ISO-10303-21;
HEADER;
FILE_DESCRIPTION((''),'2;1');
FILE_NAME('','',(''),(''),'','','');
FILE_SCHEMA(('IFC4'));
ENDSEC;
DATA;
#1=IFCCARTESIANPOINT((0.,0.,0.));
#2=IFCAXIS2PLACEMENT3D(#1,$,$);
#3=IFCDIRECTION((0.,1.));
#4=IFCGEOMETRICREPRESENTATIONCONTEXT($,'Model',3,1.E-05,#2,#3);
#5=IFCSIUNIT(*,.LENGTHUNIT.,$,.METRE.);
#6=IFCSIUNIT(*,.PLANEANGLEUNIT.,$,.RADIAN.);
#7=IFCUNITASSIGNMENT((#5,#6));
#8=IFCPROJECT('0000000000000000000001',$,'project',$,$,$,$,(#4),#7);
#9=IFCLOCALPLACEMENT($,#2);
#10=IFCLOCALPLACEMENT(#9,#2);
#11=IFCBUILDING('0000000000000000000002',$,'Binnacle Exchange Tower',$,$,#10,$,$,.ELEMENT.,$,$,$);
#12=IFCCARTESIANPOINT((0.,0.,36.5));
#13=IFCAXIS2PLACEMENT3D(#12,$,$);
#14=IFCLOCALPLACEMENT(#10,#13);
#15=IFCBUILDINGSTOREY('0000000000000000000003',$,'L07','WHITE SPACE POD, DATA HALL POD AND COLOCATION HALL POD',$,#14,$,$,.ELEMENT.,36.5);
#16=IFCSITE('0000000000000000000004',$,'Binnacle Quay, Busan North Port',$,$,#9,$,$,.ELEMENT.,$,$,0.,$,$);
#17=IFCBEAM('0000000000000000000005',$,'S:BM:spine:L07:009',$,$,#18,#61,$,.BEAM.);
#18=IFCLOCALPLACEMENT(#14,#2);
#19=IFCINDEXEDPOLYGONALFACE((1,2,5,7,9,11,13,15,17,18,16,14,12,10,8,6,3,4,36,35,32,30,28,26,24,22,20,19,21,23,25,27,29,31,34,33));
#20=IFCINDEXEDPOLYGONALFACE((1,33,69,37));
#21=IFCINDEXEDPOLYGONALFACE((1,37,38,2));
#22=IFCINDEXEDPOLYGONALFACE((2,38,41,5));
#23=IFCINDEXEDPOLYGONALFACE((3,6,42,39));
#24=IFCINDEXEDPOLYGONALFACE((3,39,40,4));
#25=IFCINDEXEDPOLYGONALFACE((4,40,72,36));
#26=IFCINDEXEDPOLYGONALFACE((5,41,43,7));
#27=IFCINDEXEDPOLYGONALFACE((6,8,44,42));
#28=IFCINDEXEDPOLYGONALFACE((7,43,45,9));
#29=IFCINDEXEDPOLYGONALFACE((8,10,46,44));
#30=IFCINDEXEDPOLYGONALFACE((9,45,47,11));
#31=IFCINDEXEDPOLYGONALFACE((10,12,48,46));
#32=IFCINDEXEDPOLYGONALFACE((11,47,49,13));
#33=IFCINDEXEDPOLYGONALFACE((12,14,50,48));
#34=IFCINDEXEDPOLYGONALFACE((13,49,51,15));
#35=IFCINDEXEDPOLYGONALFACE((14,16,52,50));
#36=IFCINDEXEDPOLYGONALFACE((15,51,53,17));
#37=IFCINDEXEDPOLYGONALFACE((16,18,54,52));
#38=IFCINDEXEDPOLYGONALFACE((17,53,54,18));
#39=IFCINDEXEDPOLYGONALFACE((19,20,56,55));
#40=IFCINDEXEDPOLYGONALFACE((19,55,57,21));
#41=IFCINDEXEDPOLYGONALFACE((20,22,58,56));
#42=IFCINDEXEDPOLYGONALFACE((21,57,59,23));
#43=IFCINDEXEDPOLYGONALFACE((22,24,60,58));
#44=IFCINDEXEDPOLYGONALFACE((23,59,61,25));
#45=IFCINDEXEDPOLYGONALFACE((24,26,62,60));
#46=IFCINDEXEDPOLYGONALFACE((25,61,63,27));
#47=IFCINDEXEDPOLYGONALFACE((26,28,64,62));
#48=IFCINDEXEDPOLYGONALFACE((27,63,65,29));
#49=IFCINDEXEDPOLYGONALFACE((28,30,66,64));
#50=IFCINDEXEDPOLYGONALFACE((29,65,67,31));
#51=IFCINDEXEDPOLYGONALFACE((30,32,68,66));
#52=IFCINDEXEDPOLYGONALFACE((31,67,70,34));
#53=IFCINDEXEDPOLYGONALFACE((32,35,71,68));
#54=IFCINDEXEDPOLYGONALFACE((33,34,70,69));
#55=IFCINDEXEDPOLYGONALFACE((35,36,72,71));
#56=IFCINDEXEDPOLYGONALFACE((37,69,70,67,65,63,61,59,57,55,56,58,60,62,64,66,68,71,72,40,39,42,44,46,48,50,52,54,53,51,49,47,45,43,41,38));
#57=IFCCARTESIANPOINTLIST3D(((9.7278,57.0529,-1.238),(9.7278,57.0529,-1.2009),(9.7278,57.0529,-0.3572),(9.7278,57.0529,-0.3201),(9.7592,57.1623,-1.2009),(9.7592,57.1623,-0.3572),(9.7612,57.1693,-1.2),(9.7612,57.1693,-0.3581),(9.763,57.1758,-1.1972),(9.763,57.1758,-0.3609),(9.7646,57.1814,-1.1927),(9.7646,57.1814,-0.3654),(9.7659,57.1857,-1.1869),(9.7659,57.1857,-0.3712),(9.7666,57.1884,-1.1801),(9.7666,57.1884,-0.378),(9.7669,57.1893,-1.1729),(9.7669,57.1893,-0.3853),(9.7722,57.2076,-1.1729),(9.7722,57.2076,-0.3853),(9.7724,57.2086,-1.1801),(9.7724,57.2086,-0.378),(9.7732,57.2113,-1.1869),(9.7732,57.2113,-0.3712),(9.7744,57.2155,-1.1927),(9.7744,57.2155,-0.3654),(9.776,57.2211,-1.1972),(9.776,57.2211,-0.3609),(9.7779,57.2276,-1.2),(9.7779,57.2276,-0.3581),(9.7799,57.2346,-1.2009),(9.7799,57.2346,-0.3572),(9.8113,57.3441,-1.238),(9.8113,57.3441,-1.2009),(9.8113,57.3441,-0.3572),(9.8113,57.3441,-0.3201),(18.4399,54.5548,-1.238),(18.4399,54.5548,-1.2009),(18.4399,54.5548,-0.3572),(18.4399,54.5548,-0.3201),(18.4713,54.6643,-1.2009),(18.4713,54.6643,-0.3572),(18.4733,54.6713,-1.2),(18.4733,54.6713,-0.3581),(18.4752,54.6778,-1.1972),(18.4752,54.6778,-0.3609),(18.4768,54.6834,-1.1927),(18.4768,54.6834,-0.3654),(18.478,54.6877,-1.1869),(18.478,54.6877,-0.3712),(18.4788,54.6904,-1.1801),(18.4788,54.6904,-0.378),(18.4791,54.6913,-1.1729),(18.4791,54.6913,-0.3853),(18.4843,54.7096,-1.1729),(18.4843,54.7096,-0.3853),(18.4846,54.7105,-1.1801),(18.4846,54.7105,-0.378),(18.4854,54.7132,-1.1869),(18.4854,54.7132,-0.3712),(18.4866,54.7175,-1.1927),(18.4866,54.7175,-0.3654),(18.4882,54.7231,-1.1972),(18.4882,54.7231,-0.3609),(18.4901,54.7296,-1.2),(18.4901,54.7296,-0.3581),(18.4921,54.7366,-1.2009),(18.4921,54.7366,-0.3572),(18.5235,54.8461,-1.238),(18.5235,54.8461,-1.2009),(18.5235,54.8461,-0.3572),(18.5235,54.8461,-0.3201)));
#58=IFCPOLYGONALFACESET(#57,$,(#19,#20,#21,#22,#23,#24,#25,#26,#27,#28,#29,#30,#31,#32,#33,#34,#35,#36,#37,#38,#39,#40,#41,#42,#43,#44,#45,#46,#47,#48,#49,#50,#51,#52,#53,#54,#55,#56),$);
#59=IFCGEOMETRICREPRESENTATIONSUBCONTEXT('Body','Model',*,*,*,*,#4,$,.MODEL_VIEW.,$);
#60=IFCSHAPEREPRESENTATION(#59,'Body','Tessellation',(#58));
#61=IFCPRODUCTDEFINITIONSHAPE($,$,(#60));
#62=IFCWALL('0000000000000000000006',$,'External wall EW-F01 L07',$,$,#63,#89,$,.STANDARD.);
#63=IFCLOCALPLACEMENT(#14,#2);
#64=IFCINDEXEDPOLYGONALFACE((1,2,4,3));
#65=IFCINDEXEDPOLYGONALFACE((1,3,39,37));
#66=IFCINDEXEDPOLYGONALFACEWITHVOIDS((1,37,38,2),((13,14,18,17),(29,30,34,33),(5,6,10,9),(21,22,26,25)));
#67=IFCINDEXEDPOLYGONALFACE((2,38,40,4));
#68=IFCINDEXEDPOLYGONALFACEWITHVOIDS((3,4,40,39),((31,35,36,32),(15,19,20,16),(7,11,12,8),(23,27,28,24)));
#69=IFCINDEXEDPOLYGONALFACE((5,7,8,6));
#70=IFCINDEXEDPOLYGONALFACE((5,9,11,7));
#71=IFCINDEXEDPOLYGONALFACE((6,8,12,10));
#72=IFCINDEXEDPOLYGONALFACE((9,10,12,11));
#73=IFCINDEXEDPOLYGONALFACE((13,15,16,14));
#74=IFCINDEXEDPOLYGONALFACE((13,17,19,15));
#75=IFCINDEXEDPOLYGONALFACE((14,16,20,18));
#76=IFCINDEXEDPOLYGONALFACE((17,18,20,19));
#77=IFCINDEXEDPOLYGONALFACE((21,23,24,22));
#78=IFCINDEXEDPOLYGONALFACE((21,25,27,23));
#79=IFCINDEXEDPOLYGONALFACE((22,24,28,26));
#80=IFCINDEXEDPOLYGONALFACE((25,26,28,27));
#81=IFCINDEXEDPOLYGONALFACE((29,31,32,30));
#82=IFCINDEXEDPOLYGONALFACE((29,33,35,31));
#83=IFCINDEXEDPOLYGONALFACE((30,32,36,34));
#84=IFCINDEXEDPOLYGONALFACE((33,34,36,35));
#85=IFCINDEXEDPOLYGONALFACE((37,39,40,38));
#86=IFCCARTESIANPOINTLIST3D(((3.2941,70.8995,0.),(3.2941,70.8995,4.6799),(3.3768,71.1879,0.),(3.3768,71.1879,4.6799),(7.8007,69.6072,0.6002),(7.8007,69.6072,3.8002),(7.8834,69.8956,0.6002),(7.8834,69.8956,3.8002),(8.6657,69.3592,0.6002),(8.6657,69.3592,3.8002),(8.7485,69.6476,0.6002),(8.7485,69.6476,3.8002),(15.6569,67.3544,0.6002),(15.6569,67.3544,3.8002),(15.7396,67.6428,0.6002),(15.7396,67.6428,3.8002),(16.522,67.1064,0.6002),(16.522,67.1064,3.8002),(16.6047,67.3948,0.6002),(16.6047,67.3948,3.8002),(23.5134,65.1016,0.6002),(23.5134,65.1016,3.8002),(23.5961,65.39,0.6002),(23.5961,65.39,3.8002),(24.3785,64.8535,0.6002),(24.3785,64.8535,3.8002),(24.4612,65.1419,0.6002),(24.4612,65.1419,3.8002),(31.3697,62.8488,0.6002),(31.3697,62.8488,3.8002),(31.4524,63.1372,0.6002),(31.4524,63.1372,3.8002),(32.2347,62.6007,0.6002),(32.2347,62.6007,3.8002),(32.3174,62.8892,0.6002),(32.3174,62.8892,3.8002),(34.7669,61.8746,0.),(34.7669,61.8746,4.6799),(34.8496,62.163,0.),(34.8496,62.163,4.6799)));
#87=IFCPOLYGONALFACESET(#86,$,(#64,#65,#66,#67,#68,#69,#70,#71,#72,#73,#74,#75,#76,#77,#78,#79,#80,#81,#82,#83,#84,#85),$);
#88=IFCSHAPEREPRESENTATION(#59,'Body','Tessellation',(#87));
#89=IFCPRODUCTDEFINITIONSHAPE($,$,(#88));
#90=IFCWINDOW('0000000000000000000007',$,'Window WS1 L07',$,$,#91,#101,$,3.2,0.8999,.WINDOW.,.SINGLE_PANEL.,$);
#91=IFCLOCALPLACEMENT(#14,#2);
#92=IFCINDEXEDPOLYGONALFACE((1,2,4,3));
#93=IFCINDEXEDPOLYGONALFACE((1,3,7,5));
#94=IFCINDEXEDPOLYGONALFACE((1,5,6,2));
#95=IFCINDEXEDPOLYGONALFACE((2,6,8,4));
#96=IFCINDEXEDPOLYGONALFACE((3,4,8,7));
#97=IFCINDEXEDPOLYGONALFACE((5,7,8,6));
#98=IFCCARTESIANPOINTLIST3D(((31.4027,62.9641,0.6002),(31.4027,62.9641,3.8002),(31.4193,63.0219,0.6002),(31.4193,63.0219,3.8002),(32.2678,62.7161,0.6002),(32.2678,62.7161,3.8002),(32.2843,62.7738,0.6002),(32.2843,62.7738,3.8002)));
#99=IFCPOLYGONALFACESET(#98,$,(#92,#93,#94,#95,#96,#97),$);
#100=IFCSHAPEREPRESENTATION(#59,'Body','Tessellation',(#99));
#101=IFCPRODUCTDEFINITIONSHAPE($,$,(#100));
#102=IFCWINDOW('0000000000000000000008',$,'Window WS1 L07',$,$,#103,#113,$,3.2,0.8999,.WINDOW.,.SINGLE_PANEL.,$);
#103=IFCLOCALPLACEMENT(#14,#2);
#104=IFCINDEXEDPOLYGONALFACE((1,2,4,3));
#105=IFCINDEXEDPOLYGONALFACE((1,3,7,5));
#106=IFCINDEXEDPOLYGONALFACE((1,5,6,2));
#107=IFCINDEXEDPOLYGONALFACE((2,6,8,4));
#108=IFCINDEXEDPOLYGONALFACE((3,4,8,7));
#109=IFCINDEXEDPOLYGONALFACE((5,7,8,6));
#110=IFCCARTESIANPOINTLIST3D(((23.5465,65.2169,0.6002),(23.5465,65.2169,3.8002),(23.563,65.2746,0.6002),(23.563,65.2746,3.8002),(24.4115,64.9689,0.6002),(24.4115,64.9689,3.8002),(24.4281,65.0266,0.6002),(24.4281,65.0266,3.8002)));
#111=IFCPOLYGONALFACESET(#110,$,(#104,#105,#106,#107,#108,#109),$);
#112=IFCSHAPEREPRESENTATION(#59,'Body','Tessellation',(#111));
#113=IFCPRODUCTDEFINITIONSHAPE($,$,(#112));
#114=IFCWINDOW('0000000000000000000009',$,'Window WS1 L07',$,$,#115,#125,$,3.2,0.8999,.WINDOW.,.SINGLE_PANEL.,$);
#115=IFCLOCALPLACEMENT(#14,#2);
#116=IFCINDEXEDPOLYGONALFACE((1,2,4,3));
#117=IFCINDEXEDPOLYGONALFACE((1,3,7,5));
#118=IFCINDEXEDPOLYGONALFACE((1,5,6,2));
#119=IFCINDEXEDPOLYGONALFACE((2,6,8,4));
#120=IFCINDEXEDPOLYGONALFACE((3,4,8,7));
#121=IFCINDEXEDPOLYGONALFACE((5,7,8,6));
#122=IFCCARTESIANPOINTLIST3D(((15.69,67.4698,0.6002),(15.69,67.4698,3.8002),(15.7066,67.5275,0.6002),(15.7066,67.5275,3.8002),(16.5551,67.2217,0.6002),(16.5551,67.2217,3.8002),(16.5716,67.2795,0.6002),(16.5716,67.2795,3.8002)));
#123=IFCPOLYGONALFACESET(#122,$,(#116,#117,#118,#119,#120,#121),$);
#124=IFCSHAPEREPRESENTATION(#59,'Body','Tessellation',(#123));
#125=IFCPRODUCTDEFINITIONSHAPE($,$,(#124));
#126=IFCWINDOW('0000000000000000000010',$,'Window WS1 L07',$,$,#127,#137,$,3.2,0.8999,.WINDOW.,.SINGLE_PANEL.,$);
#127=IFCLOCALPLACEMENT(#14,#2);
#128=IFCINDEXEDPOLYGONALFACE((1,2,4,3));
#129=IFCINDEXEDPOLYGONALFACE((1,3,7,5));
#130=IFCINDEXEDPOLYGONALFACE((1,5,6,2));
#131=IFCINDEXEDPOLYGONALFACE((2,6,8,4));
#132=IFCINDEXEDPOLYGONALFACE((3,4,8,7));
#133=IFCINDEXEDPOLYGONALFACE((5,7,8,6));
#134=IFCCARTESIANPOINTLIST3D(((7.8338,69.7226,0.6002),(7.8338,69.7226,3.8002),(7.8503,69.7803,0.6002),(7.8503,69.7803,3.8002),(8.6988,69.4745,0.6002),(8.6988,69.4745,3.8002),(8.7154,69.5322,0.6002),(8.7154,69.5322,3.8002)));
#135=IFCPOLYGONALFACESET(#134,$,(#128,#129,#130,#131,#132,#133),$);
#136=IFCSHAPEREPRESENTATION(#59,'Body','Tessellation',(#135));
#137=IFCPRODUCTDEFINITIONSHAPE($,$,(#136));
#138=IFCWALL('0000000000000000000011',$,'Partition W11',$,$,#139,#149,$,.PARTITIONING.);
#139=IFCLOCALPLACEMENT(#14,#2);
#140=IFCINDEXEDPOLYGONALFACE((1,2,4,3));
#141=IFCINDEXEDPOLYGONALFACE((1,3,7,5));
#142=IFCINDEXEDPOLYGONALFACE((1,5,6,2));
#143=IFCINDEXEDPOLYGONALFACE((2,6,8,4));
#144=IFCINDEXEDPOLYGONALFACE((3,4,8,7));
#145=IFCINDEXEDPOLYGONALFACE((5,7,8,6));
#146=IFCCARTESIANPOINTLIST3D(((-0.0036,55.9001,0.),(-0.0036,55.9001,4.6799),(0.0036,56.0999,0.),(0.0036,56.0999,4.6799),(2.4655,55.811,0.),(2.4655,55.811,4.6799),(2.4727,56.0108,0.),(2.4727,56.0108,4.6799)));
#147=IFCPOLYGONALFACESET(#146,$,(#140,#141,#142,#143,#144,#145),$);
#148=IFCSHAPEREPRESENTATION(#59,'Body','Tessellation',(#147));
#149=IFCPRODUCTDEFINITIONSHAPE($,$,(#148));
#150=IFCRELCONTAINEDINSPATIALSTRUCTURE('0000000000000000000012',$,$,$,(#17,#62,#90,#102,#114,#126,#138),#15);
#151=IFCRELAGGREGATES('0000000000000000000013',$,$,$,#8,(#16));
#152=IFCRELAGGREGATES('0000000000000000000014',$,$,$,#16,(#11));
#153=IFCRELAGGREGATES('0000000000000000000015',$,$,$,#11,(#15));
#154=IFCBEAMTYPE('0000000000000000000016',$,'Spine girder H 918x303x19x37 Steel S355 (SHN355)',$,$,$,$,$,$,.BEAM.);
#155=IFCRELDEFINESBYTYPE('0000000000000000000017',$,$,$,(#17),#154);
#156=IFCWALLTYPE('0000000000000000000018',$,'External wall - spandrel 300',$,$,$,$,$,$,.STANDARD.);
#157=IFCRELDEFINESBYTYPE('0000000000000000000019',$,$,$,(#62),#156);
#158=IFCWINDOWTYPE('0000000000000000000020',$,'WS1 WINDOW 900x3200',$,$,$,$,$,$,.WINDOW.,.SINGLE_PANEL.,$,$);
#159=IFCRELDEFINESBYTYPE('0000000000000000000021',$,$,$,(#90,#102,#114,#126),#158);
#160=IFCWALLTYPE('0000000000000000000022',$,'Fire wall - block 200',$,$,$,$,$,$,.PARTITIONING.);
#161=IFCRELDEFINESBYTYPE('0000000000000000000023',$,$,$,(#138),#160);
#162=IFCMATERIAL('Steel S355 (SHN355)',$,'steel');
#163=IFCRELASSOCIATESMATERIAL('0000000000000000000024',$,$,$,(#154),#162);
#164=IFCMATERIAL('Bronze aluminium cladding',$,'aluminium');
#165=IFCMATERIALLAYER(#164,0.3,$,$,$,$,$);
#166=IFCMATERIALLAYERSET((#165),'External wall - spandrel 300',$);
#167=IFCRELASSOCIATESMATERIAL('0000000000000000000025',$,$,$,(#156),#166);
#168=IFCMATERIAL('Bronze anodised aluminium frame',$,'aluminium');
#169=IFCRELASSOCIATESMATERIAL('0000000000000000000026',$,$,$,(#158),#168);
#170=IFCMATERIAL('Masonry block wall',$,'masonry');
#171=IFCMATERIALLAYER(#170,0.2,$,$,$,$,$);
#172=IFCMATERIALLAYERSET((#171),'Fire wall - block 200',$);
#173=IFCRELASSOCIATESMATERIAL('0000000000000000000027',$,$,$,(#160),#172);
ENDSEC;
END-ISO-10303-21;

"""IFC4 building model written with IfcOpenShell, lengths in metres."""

from ifc_helpers import new_model, si_unit, direction, frame, frame_2d, origin, origin_2d, place, context, subcontext, project, spatial, rectangle, i_section, extrude, material, layer, layer_set, material_profile, profile_set, type_object, element, fill, save


model = new_model("IFC4")

# Units and contexts
model_context = context("Model", 3, precision=1e-05, world=origin(), true_north=direction((0.0, 1.0)))
body_context = subcontext(model_context, "Body", "Model", "MODEL_VIEW")
ifc_project = project(units=[si_unit("LENGTHUNIT", "METRE"), si_unit("PLANEANGLEUNIT", "RADIAN")], contexts=[model_context])

# Site, building, storey
site_placement = place(None, origin())
site = spatial("IfcSite", under=ifc_project, at=site_placement, Name="Binnacle Quay, Busan North Port", CompositionType="ELEMENT", RefElevation=0.0)
building_placement = place(site_placement, origin())
building = spatial("IfcBuilding", under=site, at=building_placement, Name="Binnacle Exchange Tower", CompositionType="ELEMENT")
storey_placement = place(building_placement, frame((0.0, 0.0, 36.5)))
storey = spatial("IfcBuildingStorey", under=building, at=storey_placement, Name="L07", Description="WHITE SPACE POD, DATA HALL POD AND COLOCATION HALL POD", CompositionType="ELEMENT", Elevation=36.5)

# Beam
ifc_material_1 = material(Name="Steel S355 (SHN355)", Category="steel")
ifc_material_profile_1 = material_profile(ifc_material_1, i_section(OverallWidth=0.303, OverallDepth=0.918, WebThickness=0.019, FlangeThickness=0.0371, FilletRadius=0.0281, at=origin_2d()), Name="H 918x303x19x37")
ifc_profile_set_1 = profile_set([ifc_material_profile_1], Name="Steel S355 (SHN355)")
beam_type_1 = type_object("IfcBeamType", Name="Spine girder H 918x303x19x37 Steel S355 (SHN355)", PredefinedType="BEAM", material=ifc_profile_set_1)
beam_1_placement = place(storey_placement, frame((9.7695, 57.1985, -0.7791), z_axis=(0.961265, -0.275625, 0.0), x_axis=(0.275625, 0.961265, 0.0)))
element("IfcBeam", 1, at=beam_1_placement, inside=storey, type_object=beam_type_1, Name="S:BM:spine:L07:009", PredefinedType="BEAM", context=body_context, shape_type="SweptSolid", body=[
    extrude(i_section(OverallWidth=0.303, OverallDepth=0.918, WebThickness=0.019, FlangeThickness=0.0371, FilletRadius=0.0281, at=origin_2d()), origin(), (0.0, 0.0, 1.0), 9.0632),
])

# Wall, openings, windows
ifc_material_2 = material(Name="Bronze aluminium cladding", Category="aluminium")
ifc_layer_1 = layer(ifc_material_2, 0.3)
ifc_layer_set_1 = layer_set([ifc_layer_1], Name="External wall - spandrel 300")
wall_type_1 = type_object("IfcWallType", Name="External wall - spandrel 300", PredefinedType="STANDARD", material=ifc_layer_set_1)
wall_1_placement = place(storey_placement, frame((3.3354, 71.0437, 0.0), z_axis=(0.0, 0.0, 1.0), x_axis=(0.96126, -0.275643, 0.0)))
wall_1 = element("IfcWall", 2, at=wall_1_placement, inside=storey, type_object=wall_type_1, Name="External wall EW-F01 L07", PredefinedType="STANDARD", context=body_context, shape_type="SweptSolid", body=[
    extrude(rectangle(XDim=32.7412, YDim=0.3, at=frame_2d((16.3706, 0.0))), origin(), (0.0, 0.0, 1.0), 4.6799),
])
opening_1_placement = place(wall_1_placement, frame((29.207, 0.0, 0.6001)))
opening_1 = element("IfcOpeningElement", 3, at=opening_1_placement, cuts=wall_1, PredefinedType="OPENING", context=body_context, shape_type="SweptSolid", body=[
    extrude(rectangle(XDim=0.8999, YDim=3.2, at=frame_2d((0.45, 1.6001))), frame((0.0, 0.1599, 0.0), z_axis=(0.0, -1.0, 0.0), x_axis=(1.0, 0.0, 0.0)), (0.0, 0.0, 1.0), 0.3201),
])
opening_2_placement = place(wall_1_placement, frame((21.0342, 0.0, 0.6001)))
opening_2 = element("IfcOpeningElement", 4, at=opening_2_placement, cuts=wall_1, PredefinedType="OPENING", context=body_context, shape_type="SweptSolid", body=[
    extrude(rectangle(XDim=0.8999, YDim=3.2, at=frame_2d((0.45, 1.6001))), frame((0.0, 0.1599, 0.0), z_axis=(0.0, -1.0, 0.0), x_axis=(1.0, 0.0, 0.0)), (0.0, 0.0, 1.0), 0.3201),
])
opening_3_placement = place(wall_1_placement, frame((12.8611, 0.0, 0.6001)))
opening_3 = element("IfcOpeningElement", 5, at=opening_3_placement, cuts=wall_1, PredefinedType="OPENING", context=body_context, shape_type="SweptSolid", body=[
    extrude(rectangle(XDim=0.8999, YDim=3.2, at=frame_2d((0.45, 1.6001))), frame((0.0, 0.1599, 0.0), z_axis=(0.0, -1.0, 0.0), x_axis=(1.0, 0.0, 0.0)), (0.0, 0.0, 1.0), 0.3201),
])
opening_4_placement = place(wall_1_placement, frame((4.6882, 0.0, 0.6001)))
opening_4 = element("IfcOpeningElement", 6, at=opening_4_placement, cuts=wall_1, PredefinedType="OPENING", context=body_context, shape_type="SweptSolid", body=[
    extrude(rectangle(XDim=0.8999, YDim=3.2, at=frame_2d((0.45, 1.6001))), frame((0.0, 0.1599, 0.0), z_axis=(0.0, -1.0, 0.0), x_axis=(1.0, 0.0, 0.0)), (0.0, 0.0, 1.0), 0.3201),
])
ifc_material_3 = material(Name="Bronze anodised aluminium frame", Category="aluminium")
window_type = type_object("IfcWindowType", Name="WS1 WINDOW 900x3200", PartitioningType="SINGLE_PANEL", PredefinedType="WINDOW", material=ifc_material_3)
window_1_placement = place(opening_1_placement, origin())
window_1 = element("IfcWindow", 7, at=window_1_placement, inside=storey, type_object=window_type, Name="Window WS1 L07", OverallHeight=3.2, OverallWidth=0.8999, PartitioningType="SINGLE_PANEL", PredefinedType="WINDOW", context=body_context, shape_type="SweptSolid", body=[
    extrude(rectangle(XDim=0.8999, YDim=3.2, at=frame_2d((0.45, 1.6001))), frame((0.0, 0.03, 0.0), z_axis=(0.0, -1.0, 0.0), x_axis=(1.0, 0.0, 0.0)), (0.0, 0.0, 1.0), 0.0601),
])
fill(opening_1, window_1)
window_2_placement = place(opening_2_placement, origin())
window_2 = element("IfcWindow", 8, at=window_2_placement, inside=storey, type_object=window_type, Name="Window WS1 L07", OverallHeight=3.2, OverallWidth=0.8999, PartitioningType="SINGLE_PANEL", PredefinedType="WINDOW", context=body_context, shape_type="SweptSolid", body=[
    extrude(rectangle(XDim=0.8999, YDim=3.2, at=frame_2d((0.45, 1.6001))), frame((0.0, 0.03, 0.0), z_axis=(0.0, -1.0, 0.0), x_axis=(1.0, 0.0, 0.0)), (0.0, 0.0, 1.0), 0.0601),
])
fill(opening_2, window_2)
window_3_placement = place(opening_3_placement, origin())
window_3 = element("IfcWindow", 9, at=window_3_placement, inside=storey, type_object=window_type, Name="Window WS1 L07", OverallHeight=3.2, OverallWidth=0.8999, PartitioningType="SINGLE_PANEL", PredefinedType="WINDOW", context=body_context, shape_type="SweptSolid", body=[
    extrude(rectangle(XDim=0.8999, YDim=3.2, at=frame_2d((0.45, 1.6001))), frame((0.0, 0.03, 0.0), z_axis=(0.0, -1.0, 0.0), x_axis=(1.0, 0.0, 0.0)), (0.0, 0.0, 1.0), 0.0601),
])
fill(opening_3, window_3)
window_4_placement = place(opening_4_placement, origin())
window_4 = element("IfcWindow", 10, at=window_4_placement, inside=storey, type_object=window_type, Name="Window WS1 L07", OverallHeight=3.2, OverallWidth=0.8999, PartitioningType="SINGLE_PANEL", PredefinedType="WINDOW", context=body_context, shape_type="SweptSolid", body=[
    extrude(rectangle(XDim=0.8999, YDim=3.2, at=frame_2d((0.45, 1.6001))), frame((0.0, 0.03, 0.0), z_axis=(0.0, -1.0, 0.0), x_axis=(1.0, 0.0, 0.0)), (0.0, 0.0, 1.0), 0.0601),
])
fill(opening_4, window_4)

# Wall
ifc_material_4 = material(Name="Masonry block wall", Category="masonry")
ifc_layer_2 = layer(ifc_material_4, 0.2)
ifc_layer_set_2 = layer_set([ifc_layer_2], Name="Fire wall - block 200")
wall_type_2 = type_object("IfcWallType", Name="Fire wall - block 200", PredefinedType="PARTITIONING", material=ifc_layer_set_2)
wall_2_placement = place(storey_placement, frame((0.0, 56.0, 0.0), z_axis=(0.0, 0.0, 1.0), x_axis=(0.999349, -0.036069, 0.0)))
element("IfcWall", 11, at=wall_2_placement, inside=storey, type_object=wall_type_2, Name="Partition W11", PredefinedType="PARTITIONING", context=body_context, shape_type="SweptSolid", body=[
    extrude(rectangle(XDim=2.4707, YDim=0.2, at=frame_2d((1.2354, 0.0))), origin(), (0.0, 0.0, 1.0), 4.6799),
])

save(model, "model.ifc")
